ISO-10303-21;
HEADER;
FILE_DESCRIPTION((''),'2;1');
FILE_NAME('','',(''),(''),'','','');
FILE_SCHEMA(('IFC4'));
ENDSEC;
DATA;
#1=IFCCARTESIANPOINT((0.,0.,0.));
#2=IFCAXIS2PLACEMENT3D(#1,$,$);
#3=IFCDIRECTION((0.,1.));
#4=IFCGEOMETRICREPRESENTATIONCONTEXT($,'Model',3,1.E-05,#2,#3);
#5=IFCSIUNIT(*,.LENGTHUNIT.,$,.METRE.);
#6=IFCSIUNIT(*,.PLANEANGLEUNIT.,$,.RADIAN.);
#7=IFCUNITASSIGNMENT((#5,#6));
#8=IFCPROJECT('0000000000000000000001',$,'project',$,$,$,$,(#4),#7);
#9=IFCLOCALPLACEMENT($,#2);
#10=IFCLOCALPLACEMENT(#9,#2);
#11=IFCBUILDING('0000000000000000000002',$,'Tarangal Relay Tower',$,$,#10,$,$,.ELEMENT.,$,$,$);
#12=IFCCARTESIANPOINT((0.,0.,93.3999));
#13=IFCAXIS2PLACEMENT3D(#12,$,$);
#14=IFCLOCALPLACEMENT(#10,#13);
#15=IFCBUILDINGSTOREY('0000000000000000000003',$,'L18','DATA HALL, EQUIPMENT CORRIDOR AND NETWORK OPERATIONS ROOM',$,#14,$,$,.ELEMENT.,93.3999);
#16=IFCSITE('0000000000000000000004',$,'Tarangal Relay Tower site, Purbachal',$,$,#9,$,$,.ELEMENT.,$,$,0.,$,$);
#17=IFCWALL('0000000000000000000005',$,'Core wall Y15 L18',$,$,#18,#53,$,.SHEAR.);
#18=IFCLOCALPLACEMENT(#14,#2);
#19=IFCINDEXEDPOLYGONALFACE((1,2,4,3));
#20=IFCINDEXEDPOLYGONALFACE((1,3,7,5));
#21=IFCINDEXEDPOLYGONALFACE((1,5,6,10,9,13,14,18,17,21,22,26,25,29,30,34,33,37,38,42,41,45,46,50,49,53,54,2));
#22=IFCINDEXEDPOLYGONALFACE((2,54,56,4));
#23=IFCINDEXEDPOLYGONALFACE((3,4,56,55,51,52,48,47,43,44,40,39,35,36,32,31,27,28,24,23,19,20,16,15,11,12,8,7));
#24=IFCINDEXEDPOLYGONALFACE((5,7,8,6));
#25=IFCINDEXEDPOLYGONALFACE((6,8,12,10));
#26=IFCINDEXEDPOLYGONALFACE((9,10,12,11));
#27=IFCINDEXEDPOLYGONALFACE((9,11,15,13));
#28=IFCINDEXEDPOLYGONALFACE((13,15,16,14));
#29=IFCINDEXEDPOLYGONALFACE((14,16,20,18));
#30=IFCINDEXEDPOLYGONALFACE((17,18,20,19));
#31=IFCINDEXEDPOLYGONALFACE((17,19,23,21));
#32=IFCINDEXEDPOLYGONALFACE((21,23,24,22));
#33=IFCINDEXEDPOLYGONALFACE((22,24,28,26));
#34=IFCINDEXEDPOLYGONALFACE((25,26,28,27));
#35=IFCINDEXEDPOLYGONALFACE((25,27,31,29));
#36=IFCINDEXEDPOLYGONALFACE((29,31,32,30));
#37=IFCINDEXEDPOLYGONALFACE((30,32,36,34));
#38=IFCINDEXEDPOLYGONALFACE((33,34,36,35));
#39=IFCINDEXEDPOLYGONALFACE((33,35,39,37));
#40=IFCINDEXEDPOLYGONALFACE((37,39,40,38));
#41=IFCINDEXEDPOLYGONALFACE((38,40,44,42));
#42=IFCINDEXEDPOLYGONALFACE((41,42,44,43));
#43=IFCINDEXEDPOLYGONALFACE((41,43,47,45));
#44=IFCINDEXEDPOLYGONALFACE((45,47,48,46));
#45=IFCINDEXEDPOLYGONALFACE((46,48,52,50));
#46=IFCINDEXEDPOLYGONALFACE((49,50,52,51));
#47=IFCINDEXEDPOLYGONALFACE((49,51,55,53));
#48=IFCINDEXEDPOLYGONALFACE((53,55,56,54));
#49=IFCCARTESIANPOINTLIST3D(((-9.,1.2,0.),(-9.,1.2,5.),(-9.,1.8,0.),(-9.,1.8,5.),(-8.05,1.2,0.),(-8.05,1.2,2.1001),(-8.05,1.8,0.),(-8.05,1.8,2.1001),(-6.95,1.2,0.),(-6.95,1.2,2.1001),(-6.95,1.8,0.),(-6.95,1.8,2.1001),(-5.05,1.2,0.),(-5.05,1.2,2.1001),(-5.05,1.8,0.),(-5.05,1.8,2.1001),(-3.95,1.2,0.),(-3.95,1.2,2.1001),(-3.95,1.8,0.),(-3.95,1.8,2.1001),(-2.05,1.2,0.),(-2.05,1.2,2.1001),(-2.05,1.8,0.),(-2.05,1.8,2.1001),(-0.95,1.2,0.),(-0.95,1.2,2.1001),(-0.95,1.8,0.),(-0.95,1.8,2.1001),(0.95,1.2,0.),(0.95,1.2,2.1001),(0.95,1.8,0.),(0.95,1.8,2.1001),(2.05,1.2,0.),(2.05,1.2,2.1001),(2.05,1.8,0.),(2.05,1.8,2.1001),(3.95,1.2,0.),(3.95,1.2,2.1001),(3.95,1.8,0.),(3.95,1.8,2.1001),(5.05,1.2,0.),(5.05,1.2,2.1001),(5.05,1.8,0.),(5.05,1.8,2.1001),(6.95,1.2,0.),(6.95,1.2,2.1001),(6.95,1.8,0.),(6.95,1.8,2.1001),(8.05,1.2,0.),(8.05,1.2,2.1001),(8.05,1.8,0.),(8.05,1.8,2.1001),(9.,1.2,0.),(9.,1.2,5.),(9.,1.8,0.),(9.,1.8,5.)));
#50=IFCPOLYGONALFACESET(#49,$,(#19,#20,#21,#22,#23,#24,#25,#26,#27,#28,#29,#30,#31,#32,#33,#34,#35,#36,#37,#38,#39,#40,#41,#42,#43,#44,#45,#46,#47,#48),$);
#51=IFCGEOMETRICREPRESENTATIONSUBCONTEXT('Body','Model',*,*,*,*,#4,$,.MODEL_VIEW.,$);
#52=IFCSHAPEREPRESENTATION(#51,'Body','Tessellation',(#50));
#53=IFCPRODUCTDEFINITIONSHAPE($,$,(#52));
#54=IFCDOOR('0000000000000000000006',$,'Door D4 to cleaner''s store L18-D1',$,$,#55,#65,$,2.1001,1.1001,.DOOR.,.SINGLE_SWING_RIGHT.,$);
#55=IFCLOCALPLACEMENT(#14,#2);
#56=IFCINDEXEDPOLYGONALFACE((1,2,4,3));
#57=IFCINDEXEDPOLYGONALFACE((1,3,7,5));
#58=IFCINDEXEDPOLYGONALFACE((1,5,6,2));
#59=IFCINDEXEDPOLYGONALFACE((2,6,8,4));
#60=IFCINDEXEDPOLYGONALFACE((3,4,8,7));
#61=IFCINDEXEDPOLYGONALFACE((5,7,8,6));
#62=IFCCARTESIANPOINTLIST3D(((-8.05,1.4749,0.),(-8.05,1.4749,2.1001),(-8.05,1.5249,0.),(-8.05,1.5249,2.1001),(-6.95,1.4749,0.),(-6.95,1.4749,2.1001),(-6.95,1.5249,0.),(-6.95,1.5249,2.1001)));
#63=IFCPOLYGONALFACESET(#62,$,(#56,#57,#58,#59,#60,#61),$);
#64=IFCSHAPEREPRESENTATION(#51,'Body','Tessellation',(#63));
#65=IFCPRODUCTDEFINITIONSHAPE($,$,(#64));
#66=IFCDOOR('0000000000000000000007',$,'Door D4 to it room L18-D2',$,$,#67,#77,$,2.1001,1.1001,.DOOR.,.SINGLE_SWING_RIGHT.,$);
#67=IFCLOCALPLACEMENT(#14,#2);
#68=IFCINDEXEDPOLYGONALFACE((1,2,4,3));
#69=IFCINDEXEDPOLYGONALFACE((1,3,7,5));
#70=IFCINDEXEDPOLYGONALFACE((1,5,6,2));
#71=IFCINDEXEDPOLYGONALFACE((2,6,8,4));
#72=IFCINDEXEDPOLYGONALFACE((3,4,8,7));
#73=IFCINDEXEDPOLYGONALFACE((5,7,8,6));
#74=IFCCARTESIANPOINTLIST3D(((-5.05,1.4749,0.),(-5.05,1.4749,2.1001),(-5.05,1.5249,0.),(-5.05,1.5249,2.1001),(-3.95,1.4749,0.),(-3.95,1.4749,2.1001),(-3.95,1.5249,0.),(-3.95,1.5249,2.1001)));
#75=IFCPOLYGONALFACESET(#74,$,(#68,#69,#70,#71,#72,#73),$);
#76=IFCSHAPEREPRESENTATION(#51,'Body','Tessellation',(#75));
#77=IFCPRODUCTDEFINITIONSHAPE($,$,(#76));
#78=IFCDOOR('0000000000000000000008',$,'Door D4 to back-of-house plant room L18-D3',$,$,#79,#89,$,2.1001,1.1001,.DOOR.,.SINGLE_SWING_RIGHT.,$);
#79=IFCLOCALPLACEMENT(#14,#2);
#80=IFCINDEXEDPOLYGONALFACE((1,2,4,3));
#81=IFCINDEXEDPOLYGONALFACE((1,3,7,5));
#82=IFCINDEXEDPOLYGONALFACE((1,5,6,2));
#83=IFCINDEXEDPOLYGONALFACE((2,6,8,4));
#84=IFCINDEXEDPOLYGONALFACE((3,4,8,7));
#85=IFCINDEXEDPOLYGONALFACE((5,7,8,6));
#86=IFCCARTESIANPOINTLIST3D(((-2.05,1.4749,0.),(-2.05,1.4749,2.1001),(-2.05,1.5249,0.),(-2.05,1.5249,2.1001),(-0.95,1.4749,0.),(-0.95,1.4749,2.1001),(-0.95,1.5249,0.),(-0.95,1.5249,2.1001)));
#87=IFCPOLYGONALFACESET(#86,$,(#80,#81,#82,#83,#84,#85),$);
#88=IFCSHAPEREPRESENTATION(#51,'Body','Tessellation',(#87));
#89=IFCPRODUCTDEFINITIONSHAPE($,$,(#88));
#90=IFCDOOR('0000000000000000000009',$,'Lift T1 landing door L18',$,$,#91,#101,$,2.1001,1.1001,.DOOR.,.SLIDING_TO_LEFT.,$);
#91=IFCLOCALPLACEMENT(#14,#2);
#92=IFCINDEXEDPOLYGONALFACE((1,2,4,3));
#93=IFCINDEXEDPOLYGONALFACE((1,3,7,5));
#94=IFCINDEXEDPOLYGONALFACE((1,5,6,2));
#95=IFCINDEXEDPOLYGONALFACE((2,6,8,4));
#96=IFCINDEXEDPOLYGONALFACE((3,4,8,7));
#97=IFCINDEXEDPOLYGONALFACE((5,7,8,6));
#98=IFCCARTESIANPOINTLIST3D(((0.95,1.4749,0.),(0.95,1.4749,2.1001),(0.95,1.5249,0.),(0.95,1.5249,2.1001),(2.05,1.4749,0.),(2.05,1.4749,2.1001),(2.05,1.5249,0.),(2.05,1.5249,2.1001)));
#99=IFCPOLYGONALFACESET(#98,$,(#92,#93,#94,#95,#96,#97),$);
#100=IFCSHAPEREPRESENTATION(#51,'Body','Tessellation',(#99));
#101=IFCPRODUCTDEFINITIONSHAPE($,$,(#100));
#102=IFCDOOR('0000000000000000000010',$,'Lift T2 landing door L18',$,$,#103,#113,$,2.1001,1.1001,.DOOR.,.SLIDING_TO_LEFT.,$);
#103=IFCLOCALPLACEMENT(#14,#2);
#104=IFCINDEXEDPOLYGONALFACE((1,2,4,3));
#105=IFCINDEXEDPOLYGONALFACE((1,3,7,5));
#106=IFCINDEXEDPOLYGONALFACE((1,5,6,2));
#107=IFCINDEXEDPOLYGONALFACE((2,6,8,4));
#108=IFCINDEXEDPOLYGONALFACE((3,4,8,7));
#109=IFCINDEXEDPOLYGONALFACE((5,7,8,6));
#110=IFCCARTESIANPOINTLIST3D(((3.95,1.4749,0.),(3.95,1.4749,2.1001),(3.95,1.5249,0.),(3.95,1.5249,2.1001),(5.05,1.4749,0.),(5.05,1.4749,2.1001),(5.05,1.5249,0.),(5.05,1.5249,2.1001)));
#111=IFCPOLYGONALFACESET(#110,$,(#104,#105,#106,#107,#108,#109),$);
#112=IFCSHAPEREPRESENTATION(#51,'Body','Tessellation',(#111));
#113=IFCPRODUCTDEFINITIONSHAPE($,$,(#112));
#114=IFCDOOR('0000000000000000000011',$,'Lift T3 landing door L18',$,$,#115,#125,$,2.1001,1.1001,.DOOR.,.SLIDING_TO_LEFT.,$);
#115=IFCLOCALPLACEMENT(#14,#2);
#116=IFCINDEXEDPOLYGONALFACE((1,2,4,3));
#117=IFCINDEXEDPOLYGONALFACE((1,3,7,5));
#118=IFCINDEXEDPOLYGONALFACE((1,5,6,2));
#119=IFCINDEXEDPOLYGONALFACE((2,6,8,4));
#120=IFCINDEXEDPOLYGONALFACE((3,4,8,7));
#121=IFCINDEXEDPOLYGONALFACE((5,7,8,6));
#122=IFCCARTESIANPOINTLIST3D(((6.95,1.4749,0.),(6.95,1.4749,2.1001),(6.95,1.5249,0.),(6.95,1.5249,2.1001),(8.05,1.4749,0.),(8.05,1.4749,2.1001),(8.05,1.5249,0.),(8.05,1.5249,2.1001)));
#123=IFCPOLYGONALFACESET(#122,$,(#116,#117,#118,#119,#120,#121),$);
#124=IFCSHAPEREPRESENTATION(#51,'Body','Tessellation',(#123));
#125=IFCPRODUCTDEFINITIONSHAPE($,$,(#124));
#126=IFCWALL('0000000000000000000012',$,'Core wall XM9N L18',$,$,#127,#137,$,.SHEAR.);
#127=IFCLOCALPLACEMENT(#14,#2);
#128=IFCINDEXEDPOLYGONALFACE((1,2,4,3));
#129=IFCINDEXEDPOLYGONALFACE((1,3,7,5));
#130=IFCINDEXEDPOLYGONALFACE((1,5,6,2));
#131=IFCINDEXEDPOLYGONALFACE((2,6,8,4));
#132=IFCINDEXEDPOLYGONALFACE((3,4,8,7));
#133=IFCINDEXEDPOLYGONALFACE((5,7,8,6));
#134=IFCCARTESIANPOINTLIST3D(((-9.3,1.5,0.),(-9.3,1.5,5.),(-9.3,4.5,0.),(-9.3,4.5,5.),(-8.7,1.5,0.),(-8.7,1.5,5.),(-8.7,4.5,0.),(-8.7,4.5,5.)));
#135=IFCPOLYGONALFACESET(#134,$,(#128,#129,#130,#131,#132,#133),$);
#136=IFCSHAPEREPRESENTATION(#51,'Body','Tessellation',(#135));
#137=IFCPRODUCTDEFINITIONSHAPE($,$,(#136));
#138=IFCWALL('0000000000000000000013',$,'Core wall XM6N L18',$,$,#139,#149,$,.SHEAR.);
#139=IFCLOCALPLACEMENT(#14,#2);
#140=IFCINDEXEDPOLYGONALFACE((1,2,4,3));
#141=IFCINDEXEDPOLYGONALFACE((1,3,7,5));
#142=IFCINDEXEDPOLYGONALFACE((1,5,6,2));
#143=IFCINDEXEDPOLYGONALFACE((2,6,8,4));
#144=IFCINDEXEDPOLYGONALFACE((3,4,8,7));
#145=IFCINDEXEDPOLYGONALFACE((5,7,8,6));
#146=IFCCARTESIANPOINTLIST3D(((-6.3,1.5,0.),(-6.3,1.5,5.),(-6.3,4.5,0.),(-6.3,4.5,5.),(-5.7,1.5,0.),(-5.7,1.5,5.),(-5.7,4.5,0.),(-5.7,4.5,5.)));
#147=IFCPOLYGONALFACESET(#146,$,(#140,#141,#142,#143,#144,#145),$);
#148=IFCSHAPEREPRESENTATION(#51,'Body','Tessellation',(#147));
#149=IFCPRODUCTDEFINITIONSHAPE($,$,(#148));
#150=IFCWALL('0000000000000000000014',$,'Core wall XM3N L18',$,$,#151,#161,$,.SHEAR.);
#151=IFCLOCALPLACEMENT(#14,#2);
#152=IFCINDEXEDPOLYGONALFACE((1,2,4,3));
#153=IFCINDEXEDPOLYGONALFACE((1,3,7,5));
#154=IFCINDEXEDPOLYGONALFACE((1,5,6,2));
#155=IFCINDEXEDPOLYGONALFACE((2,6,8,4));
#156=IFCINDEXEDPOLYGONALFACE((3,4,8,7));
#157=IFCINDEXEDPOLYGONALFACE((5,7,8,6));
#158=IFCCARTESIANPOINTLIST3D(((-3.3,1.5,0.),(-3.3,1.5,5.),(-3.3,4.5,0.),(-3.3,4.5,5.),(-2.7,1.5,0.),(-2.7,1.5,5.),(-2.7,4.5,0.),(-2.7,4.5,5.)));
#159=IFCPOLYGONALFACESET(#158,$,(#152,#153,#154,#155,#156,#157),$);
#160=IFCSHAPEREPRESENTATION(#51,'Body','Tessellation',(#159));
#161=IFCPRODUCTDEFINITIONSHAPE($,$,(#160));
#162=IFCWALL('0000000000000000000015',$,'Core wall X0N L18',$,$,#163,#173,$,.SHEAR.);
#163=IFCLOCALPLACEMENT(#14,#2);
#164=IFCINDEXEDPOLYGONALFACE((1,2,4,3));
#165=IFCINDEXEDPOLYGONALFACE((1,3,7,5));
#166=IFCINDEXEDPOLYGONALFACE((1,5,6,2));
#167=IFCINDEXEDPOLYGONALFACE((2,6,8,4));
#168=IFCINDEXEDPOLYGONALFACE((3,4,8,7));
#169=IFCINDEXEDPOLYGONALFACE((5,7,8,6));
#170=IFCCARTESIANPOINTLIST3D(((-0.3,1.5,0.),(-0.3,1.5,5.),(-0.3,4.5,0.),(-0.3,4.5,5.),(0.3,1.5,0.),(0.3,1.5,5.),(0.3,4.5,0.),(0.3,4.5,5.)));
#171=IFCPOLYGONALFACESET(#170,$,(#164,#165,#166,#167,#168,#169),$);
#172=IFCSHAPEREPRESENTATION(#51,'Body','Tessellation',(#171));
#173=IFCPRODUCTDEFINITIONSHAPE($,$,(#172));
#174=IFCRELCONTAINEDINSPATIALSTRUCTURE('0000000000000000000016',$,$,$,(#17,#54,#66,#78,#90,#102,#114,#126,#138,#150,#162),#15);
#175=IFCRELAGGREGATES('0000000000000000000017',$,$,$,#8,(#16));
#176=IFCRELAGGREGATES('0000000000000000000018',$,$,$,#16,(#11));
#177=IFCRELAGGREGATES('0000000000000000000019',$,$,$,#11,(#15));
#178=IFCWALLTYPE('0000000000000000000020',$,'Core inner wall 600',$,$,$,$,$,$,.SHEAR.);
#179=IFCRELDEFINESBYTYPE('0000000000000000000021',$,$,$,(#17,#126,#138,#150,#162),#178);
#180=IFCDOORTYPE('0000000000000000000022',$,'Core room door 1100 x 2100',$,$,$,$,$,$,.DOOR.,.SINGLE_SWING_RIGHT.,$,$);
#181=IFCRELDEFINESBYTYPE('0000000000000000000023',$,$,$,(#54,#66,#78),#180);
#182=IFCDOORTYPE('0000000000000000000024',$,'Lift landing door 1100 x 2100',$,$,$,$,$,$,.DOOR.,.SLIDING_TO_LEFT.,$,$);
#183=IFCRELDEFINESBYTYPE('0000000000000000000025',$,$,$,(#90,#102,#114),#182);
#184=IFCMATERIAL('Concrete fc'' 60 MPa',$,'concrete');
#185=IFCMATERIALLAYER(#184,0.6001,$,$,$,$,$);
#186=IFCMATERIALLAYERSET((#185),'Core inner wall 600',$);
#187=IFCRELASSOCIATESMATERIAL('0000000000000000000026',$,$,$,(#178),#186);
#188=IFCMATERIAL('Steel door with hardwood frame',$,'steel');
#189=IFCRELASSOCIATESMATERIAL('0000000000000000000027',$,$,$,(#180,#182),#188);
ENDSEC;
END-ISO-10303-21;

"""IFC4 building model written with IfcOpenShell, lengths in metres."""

from ifc_helpers import new_model, si_unit, direction, frame, frame_2d, origin, place, context, subcontext, project, spatial, rectangle, extrude, material, layer, layer_set, type_object, element, fill, save


model = new_model("IFC4")

# Units and contexts
model_context = context("Model", 3, precision=1e-05, world=origin(), true_north=direction((0.0, 1.0)))
body_context = subcontext(model_context, "Body", "Model", "MODEL_VIEW")
ifc_project = project(units=[si_unit("LENGTHUNIT", "METRE"), si_unit("PLANEANGLEUNIT", "RADIAN")], contexts=[model_context])

# Site, building, storey
site_placement = place(None, origin())
site = spatial("IfcSite", under=ifc_project, at=site_placement, Name="Tarangal Relay Tower site, Purbachal", CompositionType="ELEMENT", RefElevation=0.0)
building_placement = place(site_placement, origin())
building = spatial("IfcBuilding", under=site, at=building_placement, Name="Tarangal Relay Tower", CompositionType="ELEMENT")
storey_placement = place(building_placement, frame((0.0, 0.0, 93.3999)))
storey = spatial("IfcBuildingStorey", under=building, at=storey_placement, Name="L18", Description="DATA HALL, EQUIPMENT CORRIDOR AND NETWORK OPERATIONS ROOM", CompositionType="ELEMENT", Elevation=93.3999)

# Wall, openings, doors
ifc_material_1 = material(Name="Concrete fc' 60 MPa", Category="concrete")
ifc_layer_1 = layer(ifc_material_1, 0.6001)
ifc_layer_set_1 = layer_set([ifc_layer_1], Name="Core inner wall 600")
wall_type_1 = type_object("IfcWallType", Name="Core inner wall 600", PredefinedType="SHEAR", material=ifc_layer_set_1)
wall_1_placement = place(storey_placement, frame((-9.0, 1.5, 0.0), z_axis=(0.0, 0.0, 1.0), x_axis=(1.0, 0.0, 0.0)))
wall_1 = element("IfcWall", 1, at=wall_1_placement, inside=storey, type_object=wall_type_1, Name="Core wall Y15 L18", PredefinedType="SHEAR", context=body_context, shape_type="SweptSolid", body=[
    extrude(rectangle(XDim=18.0, YDim=0.6001, at=frame_2d((9.0, 0.0))), origin(), (0.0, 0.0, 1.0), 5.0),
])
opening_1_placement = place(wall_1_placement, frame((9.95, 0.0, 0.0)))
opening_1 = element("IfcOpeningElement", 2, at=opening_1_placement, cuts=wall_1, PredefinedType="OPENING", context=body_context, shape_type="SweptSolid", body=[
    extrude(rectangle(XDim=1.1001, YDim=2.1001, at=frame_2d((0.55, 1.05))), frame((0.0, 0.3101, 0.0), z_axis=(0.0, -1.0, 0.0), x_axis=(1.0, 0.0, 0.0)), (0.0, 0.0, 1.0), 0.6201),
])
opening_2_placement = place(wall_1_placement, frame((12.95, 0.0, 0.0)))
opening_2 = element("IfcOpeningElement", 3, at=opening_2_placement, cuts=wall_1, PredefinedType="OPENING", context=body_context, shape_type="SweptSolid", body=[
    extrude(rectangle(XDim=1.1001, YDim=2.1001, at=frame_2d((0.55, 1.05))), frame((0.0, 0.3101, 0.0), z_axis=(0.0, -1.0, 0.0), x_axis=(1.0, 0.0, 0.0)), (0.0, 0.0, 1.0), 0.6201),
])
opening_3_placement = place(wall_1_placement, frame((15.95, 0.0, 0.0)))
opening_3 = element("IfcOpeningElement", 4, at=opening_3_placement, cuts=wall_1, PredefinedType="OPENING", context=body_context, shape_type="SweptSolid", body=[
    extrude(rectangle(XDim=1.1001, YDim=2.1001, at=frame_2d((0.55, 1.05))), frame((0.0, 0.3101, 0.0), z_axis=(0.0, -1.0, 0.0), x_axis=(1.0, 0.0, 0.0)), (0.0, 0.0, 1.0), 0.6201),
])
opening_4_placement = place(wall_1_placement, frame((0.95, 0.0, 0.0)))
opening_4 = element("IfcOpeningElement", 5, at=opening_4_placement, cuts=wall_1, PredefinedType="OPENING", context=body_context, shape_type="SweptSolid", body=[
    extrude(rectangle(XDim=1.1001, YDim=2.1001, at=frame_2d((0.55, 1.05))), frame((0.0, 0.3101, 0.0), z_axis=(0.0, -1.0, 0.0), x_axis=(1.0, 0.0, 0.0)), (0.0, 0.0, 1.0), 0.6201),
])
opening_5_placement = place(wall_1_placement, frame((3.95, 0.0, 0.0)))
opening_5 = element("IfcOpeningElement", 6, at=opening_5_placement, cuts=wall_1, PredefinedType="OPENING", context=body_context, shape_type="SweptSolid", body=[
    extrude(rectangle(XDim=1.1001, YDim=2.1001, at=frame_2d((0.55, 1.05))), frame((0.0, 0.3101, 0.0), z_axis=(0.0, -1.0, 0.0), x_axis=(1.0, 0.0, 0.0)), (0.0, 0.0, 1.0), 0.6201),
])
opening_6_placement = place(wall_1_placement, frame((6.95, 0.0, 0.0)))
opening_6 = element("IfcOpeningElement", 7, at=opening_6_placement, cuts=wall_1, PredefinedType="OPENING", context=body_context, shape_type="SweptSolid", body=[
    extrude(rectangle(XDim=1.1001, YDim=2.1001, at=frame_2d((0.55, 1.05))), frame((0.0, 0.3101, 0.0), z_axis=(0.0, -1.0, 0.0), x_axis=(1.0, 0.0, 0.0)), (0.0, 0.0, 1.0), 0.6201),
])
ifc_material_2 = material(Name="Steel door with hardwood frame", Category="steel")
door_type_1 = type_object("IfcDoorType", Name="Core room door 1100 x 2100", OperationType="SINGLE_SWING_RIGHT", PredefinedType="DOOR", material=ifc_material_2)
door_1_placement = place(opening_4_placement, origin())
door_1 = element("IfcDoor", 8, at=door_1_placement, inside=storey, type_object=door_type_1, Name="Door D4 to cleaner's store L18-D1", OperationType="SINGLE_SWING_RIGHT", OverallHeight=2.1001, OverallWidth=1.1001, PredefinedType="DOOR", context=body_context, shape_type="SweptSolid", body=[
    extrude(rectangle(XDim=1.1001, YDim=2.1001, at=frame_2d((0.55, 1.05))), frame((0.0, 0.0249, 0.0), z_axis=(0.0, -1.0, 0.0), x_axis=(1.0, 0.0, 0.0)), (0.0, 0.0, 1.0), 0.05),
])
fill(opening_4, door_1)
door_2_placement = place(opening_5_placement, origin())
door_2 = element("IfcDoor", 9, at=door_2_placement, inside=storey, type_object=door_type_1, Name="Door D4 to it room L18-D2", OperationType="SINGLE_SWING_RIGHT", OverallHeight=2.1001, OverallWidth=1.1001, PredefinedType="DOOR", context=body_context, shape_type="SweptSolid", body=[
    extrude(rectangle(XDim=1.1001, YDim=2.1001, at=frame_2d((0.55, 1.05))), frame((0.0, 0.0249, 0.0), z_axis=(0.0, -1.0, 0.0), x_axis=(1.0, 0.0, 0.0)), (0.0, 0.0, 1.0), 0.05),
])
fill(opening_5, door_2)
door_3_placement = place(opening_6_placement, origin())
door_3 = element("IfcDoor", 10, at=door_3_placement, inside=storey, type_object=door_type_1, Name="Door D4 to back-of-house plant room L18-D3", OperationType="SINGLE_SWING_RIGHT", OverallHeight=2.1001, OverallWidth=1.1001, PredefinedType="DOOR", context=body_context, shape_type="SweptSolid", body=[
    extrude(rectangle(XDim=1.1001, YDim=2.1001, at=frame_2d((0.55, 1.05))), frame((0.0, 0.0249, 0.0), z_axis=(0.0, -1.0, 0.0), x_axis=(1.0, 0.0, 0.0)), (0.0, 0.0, 1.0), 0.05),
])
fill(opening_6, door_3)
door_type_2 = type_object("IfcDoorType", Name="Lift landing door 1100 x 2100", OperationType="SLIDING_TO_LEFT", PredefinedType="DOOR", material=ifc_material_2)
door_4_placement = place(opening_1_placement, origin())
door_4 = element("IfcDoor", 11, at=door_4_placement, inside=storey, type_object=door_type_2, Name="Lift T1 landing door L18", OperationType="SLIDING_TO_LEFT", OverallHeight=2.1001, OverallWidth=1.1001, PredefinedType="DOOR", context=body_context, shape_type="SweptSolid", body=[
    extrude(rectangle(XDim=1.1001, YDim=2.1001, at=frame_2d((0.55, 1.05))), frame((0.0, 0.0249, 0.0), z_axis=(0.0, -1.0, 0.0), x_axis=(1.0, 0.0, 0.0)), (0.0, 0.0, 1.0), 0.05),
])
fill(opening_1, door_4)
door_5_placement = place(opening_2_placement, origin())
door_5 = element("IfcDoor", 12, at=door_5_placement, inside=storey, type_object=door_type_2, Name="Lift T2 landing door L18", OperationType="SLIDING_TO_LEFT", OverallHeight=2.1001, OverallWidth=1.1001, PredefinedType="DOOR", context=body_context, shape_type="SweptSolid", body=[
    extrude(rectangle(XDim=1.1001, YDim=2.1001, at=frame_2d((0.55, 1.05))), frame((0.0, 0.0249, 0.0), z_axis=(0.0, -1.0, 0.0), x_axis=(1.0, 0.0, 0.0)), (0.0, 0.0, 1.0), 0.05),
])
fill(opening_2, door_5)
door_6_placement = place(opening_3_placement, origin())
door_6 = element("IfcDoor", 13, at=door_6_placement, inside=storey, type_object=door_type_2, Name="Lift T3 landing door L18", OperationType="SLIDING_TO_LEFT", OverallHeight=2.1001, OverallWidth=1.1001, PredefinedType="DOOR", context=body_context, shape_type="SweptSolid", body=[
    extrude(rectangle(XDim=1.1001, YDim=2.1001, at=frame_2d((0.55, 1.05))), frame((0.0, 0.0249, 0.0), z_axis=(0.0, -1.0, 0.0), x_axis=(1.0, 0.0, 0.0)), (0.0, 0.0, 1.0), 0.05),
])
fill(opening_3, door_6)

# Walls
for number, where, z_axis, x_axis, name in (
    (14, (-9.0, 1.5, 0.0), (0.0, 0.0, 1.0), (0.0, 1.0, 0.0), "Core wall XM9N L18"),
    (15, (-6.0, 1.5, 0.0), (0.0, 0.0, 1.0), (0.0, 1.0, 0.0), "Core wall XM6N L18"),
    (16, (-3.0, 1.5, 0.0), (0.0, 0.0, 1.0), (0.0, 1.0, 0.0), "Core wall XM3N L18"),
    (17, (0.0, 1.5, 0.0), (0.0, 0.0, 1.0), (0.0, 1.0, 0.0), "Core wall X0N L18"),
):
    element("IfcWall", number, at=place(storey_placement, frame(where, z_axis=z_axis, x_axis=x_axis)), inside=storey, type_object=wall_type_1, Name=name, PredefinedType="SHEAR", context=body_context, shape_type="SweptSolid", body=[
        extrude(rectangle(XDim=3.0, YDim=0.6001, at=frame_2d((1.5, 0.0))), origin(), (0.0, 0.0, 1.0), 5.0),
    ])

save(model, "model.ifc")
